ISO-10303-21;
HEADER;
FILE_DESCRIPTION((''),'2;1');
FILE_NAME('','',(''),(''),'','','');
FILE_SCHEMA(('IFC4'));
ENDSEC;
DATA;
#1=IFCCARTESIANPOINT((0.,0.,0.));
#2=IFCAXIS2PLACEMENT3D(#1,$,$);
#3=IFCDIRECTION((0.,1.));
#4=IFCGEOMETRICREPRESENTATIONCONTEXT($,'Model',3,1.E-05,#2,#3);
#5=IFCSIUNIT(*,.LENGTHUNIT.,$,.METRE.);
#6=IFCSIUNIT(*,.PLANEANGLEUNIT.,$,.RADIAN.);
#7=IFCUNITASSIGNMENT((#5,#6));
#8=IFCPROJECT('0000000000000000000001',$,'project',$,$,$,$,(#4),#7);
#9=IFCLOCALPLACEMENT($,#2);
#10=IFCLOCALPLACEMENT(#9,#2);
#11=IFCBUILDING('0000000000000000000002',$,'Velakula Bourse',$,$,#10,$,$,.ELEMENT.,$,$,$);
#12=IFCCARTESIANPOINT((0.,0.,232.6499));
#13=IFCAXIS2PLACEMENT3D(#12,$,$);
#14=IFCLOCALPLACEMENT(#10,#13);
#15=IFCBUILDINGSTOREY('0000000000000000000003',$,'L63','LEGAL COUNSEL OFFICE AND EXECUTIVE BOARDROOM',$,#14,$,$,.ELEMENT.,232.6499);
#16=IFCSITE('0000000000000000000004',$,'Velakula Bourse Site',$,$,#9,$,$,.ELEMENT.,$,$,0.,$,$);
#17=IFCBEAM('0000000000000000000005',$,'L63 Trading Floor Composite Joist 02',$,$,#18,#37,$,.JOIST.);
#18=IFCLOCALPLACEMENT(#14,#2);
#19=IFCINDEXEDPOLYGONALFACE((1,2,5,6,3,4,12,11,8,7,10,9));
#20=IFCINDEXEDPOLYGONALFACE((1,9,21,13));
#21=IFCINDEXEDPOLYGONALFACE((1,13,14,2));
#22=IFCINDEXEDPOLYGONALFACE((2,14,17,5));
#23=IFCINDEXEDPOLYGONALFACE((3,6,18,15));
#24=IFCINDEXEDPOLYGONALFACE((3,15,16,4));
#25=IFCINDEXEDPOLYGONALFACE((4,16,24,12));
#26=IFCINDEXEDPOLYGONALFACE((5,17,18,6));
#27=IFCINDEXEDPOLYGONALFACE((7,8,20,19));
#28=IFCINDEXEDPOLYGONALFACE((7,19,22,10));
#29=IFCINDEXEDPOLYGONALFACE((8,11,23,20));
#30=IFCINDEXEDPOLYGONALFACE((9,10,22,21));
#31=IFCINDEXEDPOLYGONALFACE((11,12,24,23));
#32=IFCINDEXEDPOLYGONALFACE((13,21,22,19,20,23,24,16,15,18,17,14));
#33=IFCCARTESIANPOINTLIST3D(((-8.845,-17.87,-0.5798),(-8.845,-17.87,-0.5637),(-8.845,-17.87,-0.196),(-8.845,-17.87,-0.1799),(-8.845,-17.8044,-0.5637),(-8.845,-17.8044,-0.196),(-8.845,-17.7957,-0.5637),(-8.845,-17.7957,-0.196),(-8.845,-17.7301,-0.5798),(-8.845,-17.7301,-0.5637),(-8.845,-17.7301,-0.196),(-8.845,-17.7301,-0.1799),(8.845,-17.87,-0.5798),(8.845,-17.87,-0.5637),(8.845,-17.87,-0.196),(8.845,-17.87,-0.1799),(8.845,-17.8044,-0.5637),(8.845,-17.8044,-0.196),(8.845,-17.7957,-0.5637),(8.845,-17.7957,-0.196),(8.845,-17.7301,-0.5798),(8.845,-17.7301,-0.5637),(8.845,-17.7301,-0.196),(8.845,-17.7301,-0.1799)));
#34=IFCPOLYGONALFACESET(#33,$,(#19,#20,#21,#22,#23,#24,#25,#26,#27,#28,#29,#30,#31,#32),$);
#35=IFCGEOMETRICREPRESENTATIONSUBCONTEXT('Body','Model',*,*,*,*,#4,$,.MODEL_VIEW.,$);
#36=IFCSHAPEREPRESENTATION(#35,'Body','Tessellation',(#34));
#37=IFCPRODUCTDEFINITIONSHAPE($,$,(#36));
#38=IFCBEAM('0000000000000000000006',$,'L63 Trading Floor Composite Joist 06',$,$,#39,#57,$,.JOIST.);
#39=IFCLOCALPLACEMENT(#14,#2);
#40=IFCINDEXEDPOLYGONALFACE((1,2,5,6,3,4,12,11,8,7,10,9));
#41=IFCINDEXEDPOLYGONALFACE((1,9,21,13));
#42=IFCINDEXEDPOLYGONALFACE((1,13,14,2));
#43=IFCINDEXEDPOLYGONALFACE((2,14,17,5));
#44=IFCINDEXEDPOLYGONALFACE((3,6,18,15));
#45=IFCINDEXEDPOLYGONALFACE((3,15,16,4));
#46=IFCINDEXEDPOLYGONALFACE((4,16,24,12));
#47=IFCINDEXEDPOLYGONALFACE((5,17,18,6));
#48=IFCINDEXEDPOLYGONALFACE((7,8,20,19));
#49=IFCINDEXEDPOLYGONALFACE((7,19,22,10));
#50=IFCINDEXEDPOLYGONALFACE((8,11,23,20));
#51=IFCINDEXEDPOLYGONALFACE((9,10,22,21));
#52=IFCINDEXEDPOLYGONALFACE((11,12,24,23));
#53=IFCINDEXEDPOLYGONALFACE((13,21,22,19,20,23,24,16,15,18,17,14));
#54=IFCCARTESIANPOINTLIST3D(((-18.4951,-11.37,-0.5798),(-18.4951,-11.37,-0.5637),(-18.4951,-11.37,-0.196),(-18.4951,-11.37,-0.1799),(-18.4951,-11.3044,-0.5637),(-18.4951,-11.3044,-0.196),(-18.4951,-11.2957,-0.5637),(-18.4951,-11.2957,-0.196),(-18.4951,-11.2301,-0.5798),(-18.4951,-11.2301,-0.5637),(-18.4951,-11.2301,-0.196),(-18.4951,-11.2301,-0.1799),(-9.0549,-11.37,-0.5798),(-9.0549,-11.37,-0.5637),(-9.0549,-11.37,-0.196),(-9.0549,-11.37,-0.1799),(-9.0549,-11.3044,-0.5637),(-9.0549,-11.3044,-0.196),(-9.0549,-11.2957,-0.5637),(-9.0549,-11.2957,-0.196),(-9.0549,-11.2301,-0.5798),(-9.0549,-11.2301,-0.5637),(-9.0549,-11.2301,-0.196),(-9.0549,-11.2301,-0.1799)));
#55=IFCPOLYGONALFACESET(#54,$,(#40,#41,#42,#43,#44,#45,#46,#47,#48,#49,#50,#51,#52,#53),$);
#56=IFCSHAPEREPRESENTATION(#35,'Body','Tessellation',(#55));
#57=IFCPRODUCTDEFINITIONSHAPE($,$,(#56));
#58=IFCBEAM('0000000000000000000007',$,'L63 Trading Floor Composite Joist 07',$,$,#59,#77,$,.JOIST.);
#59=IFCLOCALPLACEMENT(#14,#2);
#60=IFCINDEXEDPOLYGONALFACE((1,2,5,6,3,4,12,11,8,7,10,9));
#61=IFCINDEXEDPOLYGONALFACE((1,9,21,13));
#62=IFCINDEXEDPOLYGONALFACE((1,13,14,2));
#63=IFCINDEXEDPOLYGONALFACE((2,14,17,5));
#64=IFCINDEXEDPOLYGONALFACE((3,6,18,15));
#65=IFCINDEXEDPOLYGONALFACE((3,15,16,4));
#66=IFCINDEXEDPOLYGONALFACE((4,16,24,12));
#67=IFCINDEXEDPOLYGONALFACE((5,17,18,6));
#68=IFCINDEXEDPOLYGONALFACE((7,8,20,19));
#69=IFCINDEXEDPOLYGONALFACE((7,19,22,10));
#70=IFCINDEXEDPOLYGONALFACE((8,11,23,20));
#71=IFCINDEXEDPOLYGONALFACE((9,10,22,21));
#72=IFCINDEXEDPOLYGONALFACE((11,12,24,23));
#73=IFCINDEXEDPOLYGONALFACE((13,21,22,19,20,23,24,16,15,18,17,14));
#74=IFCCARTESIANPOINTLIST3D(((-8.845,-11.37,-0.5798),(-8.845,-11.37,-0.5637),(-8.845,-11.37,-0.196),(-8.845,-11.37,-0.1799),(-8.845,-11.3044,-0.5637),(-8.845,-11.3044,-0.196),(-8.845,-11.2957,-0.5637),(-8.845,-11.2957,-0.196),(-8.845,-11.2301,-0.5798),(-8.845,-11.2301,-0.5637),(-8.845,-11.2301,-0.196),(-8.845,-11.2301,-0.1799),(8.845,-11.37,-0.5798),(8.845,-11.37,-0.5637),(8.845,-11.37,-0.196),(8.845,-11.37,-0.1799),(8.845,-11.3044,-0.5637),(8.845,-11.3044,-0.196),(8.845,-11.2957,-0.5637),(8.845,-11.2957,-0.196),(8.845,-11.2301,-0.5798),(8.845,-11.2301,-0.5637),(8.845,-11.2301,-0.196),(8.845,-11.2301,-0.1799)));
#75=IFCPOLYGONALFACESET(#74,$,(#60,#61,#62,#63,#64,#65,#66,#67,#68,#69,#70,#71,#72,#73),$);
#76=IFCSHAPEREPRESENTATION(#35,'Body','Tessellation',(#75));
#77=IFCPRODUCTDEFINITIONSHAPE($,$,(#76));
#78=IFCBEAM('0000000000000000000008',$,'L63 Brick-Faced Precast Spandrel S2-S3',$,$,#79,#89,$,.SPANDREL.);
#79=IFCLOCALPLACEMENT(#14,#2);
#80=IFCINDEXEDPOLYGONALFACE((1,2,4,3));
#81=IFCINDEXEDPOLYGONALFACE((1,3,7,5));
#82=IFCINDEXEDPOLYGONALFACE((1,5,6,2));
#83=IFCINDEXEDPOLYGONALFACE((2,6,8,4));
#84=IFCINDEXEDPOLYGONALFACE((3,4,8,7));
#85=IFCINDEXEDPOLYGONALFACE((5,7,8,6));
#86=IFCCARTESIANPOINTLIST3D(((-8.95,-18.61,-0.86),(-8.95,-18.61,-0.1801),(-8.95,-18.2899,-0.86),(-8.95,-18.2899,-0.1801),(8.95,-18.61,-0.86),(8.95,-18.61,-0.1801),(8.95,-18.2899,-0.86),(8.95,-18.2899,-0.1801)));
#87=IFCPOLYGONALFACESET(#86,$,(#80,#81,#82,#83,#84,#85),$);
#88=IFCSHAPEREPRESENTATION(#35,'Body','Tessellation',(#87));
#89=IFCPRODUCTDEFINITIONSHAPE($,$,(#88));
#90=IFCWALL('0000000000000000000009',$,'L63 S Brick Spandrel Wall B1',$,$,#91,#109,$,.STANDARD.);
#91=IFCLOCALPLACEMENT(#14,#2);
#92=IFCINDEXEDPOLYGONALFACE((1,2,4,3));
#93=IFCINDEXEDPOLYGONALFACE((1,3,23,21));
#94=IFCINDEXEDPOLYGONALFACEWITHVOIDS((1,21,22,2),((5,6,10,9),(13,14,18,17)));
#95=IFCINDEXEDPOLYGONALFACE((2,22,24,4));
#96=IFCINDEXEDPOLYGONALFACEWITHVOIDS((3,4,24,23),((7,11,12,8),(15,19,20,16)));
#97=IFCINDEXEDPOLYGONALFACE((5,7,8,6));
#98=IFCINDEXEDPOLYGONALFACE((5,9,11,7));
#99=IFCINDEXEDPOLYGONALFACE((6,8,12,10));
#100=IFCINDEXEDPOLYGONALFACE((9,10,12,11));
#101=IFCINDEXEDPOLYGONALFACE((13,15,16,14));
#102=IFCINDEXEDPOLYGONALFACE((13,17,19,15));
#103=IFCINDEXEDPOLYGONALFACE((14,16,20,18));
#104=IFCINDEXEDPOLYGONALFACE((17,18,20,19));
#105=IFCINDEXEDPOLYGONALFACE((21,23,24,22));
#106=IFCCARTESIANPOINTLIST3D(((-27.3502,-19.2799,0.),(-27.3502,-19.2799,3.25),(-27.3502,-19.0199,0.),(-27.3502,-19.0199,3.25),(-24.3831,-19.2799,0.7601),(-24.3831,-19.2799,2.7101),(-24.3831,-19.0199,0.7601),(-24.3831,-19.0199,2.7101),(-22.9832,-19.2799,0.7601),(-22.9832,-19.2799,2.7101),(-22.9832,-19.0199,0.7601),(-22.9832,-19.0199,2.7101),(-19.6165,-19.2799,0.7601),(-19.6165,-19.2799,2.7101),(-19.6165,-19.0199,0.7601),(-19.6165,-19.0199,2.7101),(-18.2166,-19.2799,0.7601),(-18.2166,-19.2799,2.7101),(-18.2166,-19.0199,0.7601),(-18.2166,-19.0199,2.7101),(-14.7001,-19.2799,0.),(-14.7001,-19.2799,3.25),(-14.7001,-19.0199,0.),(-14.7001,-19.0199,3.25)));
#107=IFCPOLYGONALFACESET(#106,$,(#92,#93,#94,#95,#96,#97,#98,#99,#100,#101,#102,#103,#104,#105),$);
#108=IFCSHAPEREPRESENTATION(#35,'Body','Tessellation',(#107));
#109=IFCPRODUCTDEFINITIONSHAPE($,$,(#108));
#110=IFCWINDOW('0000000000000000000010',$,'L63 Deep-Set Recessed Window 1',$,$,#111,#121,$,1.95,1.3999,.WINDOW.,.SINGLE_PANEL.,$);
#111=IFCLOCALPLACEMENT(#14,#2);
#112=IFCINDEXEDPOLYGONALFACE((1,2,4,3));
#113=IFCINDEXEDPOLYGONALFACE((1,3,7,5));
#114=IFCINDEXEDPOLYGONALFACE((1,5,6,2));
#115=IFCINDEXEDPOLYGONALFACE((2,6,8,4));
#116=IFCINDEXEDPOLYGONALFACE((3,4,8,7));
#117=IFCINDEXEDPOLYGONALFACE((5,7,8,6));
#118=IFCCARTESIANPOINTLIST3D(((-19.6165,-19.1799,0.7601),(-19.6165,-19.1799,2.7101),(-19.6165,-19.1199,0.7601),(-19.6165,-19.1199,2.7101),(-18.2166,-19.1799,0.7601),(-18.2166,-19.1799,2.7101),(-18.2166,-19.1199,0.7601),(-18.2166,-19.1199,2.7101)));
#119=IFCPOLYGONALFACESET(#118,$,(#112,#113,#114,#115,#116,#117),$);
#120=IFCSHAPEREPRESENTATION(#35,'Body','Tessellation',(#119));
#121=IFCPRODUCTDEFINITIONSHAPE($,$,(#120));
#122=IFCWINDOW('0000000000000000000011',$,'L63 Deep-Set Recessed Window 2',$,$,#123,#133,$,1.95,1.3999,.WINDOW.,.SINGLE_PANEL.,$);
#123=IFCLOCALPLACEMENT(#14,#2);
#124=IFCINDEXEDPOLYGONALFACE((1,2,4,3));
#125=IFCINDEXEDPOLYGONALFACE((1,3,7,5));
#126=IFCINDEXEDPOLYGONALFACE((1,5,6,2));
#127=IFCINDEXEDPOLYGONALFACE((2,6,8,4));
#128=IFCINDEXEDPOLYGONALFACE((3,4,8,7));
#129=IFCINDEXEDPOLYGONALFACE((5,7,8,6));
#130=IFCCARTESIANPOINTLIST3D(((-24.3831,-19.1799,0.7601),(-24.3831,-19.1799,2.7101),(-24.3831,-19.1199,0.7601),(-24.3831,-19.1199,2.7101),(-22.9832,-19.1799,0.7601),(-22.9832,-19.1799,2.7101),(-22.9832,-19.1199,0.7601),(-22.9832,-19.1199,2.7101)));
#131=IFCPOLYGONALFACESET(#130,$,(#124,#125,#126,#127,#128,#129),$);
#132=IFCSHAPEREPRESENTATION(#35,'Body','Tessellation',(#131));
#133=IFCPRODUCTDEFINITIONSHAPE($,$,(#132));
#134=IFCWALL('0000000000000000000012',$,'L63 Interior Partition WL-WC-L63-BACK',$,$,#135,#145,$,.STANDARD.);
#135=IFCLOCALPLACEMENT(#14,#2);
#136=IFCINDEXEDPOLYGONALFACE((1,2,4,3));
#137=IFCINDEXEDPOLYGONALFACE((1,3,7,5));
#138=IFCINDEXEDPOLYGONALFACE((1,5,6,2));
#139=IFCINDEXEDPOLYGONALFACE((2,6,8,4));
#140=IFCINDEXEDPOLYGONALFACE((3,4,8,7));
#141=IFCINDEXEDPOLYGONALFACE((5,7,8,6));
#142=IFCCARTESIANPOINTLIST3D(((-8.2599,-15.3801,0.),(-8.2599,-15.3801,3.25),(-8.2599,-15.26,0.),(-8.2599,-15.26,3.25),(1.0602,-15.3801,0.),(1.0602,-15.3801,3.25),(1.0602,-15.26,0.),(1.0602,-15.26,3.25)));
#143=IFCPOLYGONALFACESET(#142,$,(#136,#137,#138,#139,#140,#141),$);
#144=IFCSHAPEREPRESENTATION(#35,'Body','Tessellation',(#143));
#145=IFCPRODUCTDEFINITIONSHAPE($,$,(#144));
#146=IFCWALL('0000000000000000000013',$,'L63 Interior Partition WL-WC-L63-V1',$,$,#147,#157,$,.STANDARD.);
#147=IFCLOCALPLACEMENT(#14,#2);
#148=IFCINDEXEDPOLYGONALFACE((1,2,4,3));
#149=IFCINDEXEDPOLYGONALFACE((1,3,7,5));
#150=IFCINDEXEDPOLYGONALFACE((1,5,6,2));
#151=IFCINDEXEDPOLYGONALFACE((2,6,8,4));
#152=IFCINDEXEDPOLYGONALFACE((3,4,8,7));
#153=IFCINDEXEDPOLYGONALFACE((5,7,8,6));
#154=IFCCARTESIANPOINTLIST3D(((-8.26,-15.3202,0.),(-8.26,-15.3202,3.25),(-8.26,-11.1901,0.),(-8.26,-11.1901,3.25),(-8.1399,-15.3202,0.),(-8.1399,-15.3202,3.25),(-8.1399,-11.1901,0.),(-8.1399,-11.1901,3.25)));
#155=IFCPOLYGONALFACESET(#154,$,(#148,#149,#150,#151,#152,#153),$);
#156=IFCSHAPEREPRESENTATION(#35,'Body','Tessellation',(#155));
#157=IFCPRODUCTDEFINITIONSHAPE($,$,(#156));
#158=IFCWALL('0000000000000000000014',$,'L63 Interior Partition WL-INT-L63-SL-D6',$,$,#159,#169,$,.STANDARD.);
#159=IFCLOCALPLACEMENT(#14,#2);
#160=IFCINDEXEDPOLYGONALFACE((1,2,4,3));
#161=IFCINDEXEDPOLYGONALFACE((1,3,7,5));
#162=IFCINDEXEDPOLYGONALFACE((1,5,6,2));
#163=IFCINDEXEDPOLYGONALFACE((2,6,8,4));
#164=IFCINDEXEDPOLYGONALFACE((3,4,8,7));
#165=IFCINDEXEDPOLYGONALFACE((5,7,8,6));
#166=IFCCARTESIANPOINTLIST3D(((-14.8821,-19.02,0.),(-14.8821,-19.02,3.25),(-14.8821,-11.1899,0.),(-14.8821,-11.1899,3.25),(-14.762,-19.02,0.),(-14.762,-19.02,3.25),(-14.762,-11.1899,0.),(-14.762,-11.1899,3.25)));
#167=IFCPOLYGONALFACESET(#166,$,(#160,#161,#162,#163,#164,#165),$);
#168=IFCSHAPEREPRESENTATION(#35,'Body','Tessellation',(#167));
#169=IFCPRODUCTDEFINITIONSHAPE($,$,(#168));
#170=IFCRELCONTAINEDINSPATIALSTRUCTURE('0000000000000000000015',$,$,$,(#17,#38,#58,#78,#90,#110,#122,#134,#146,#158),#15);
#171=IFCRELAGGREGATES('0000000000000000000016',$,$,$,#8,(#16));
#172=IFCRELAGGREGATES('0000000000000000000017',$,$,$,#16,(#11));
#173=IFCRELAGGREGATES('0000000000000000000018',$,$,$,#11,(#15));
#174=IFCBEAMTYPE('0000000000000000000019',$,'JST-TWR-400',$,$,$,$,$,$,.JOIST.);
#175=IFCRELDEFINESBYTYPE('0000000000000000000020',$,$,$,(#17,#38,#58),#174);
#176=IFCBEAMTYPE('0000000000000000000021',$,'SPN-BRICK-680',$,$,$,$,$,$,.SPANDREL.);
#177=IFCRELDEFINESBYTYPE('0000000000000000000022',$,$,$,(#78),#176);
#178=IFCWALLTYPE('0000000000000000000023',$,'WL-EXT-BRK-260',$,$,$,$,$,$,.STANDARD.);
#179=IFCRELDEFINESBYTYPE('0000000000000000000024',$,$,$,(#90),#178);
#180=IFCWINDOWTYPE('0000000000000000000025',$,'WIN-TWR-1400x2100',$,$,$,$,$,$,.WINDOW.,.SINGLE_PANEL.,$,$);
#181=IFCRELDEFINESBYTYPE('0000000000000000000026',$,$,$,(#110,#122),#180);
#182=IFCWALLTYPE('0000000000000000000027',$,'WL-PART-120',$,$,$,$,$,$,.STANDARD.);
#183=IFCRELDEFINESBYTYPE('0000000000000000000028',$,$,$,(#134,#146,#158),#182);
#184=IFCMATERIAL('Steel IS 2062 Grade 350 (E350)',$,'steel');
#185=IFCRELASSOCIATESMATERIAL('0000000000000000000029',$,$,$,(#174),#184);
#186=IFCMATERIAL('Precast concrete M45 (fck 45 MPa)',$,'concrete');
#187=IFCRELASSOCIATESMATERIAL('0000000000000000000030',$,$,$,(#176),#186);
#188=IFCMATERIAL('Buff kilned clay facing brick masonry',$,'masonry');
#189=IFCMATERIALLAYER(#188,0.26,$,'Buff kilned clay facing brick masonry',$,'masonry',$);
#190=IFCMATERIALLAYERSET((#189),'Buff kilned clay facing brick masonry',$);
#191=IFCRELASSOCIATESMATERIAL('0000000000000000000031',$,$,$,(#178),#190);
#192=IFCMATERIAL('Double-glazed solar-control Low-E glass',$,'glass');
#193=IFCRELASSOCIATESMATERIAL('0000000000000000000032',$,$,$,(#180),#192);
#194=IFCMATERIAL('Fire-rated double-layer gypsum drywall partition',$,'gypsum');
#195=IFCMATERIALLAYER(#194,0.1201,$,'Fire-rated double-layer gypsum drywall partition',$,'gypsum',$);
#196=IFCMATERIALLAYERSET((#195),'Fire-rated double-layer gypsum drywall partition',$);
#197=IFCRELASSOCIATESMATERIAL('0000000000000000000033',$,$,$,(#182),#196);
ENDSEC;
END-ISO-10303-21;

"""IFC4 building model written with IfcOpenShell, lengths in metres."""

from ifc_helpers import new_model, si_unit, direction, frame, frame_2d, origin, origin_2d, place, context, subcontext, project, spatial, rectangle, i_section, extrude, material, layer, layer_set, material_profile, profile_set, type_object, element, fill, save


model = new_model("IFC4")

# Units and contexts
model_context = context("Model", 3, precision=1e-05, world=origin(), true_north=direction((0.0, 1.0)))
body_context = subcontext(model_context, "Body", "Model", "MODEL_VIEW")
ifc_project = project(units=[si_unit("LENGTHUNIT", "METRE"), si_unit("PLANEANGLEUNIT", "RADIAN")], contexts=[model_context])

# Site, building, storey
site_placement = place(None, origin())
site = spatial("IfcSite", under=ifc_project, at=site_placement, Name="Velakula Bourse Site", CompositionType="ELEMENT", RefElevation=0.0)
building_placement = place(site_placement, origin())
building = spatial("IfcBuilding", under=site, at=building_placement, Name="Velakula Bourse", CompositionType="ELEMENT")
storey_placement = place(building_placement, frame((0.0, 0.0, 232.6499)))
storey = spatial("IfcBuildingStorey", under=building, at=storey_placement, Name="L63", Description="LEGAL COUNSEL OFFICE AND EXECUTIVE BOARDROOM", CompositionType="ELEMENT", Elevation=232.6499)

# Shared definitions
ifc_material_1 = material(Name="Steel IS 2062 Grade 350 (E350)", Category="steel")

# Beams
ifc_material_profile_1 = material_profile(ifc_material_1, i_section(OverallWidth=0.1399, OverallDepth=0.3999, WebThickness=0.0088, FlangeThickness=0.0161, at=origin_2d()), Name="Steel IS 2062 Grade 350 (E350)")
ifc_profile_set_1 = profile_set([ifc_material_profile_1], Name="Steel IS 2062 Grade 350 (E350)")
beam_type_1 = type_object("IfcBeamType", Name="JST-TWR-400", PredefinedType="JOIST", material=ifc_profile_set_1)
beam_1_placement = place(storey_placement, frame((-8.845, -17.8, -0.3799), z_axis=(1.0, 0.0, 0.0), x_axis=(0.0, 1.0, 0.0)))
element("IfcBeam", 1, at=beam_1_placement, inside=storey, type_object=beam_type_1, Name="L63 Trading Floor Composite Joist 02", PredefinedType="JOIST", context=body_context, shape_type="SweptSolid", body=[
    extrude(i_section(OverallWidth=0.1399, OverallDepth=0.3999, WebThickness=0.0088, FlangeThickness=0.0161, at=origin_2d()), origin(), (0.0, 0.0, 1.0), 17.6899),
])
beam_2_placement = place(storey_placement, frame((-18.4951, -11.3, -0.3799), z_axis=(1.0, 0.0, 0.0), x_axis=(0.0, 1.0, 0.0)))
element("IfcBeam", 2, at=beam_2_placement, inside=storey, type_object=beam_type_1, Name="L63 Trading Floor Composite Joist 06", PredefinedType="JOIST", context=body_context, shape_type="SweptSolid", body=[
    extrude(i_section(OverallWidth=0.1399, OverallDepth=0.3999, WebThickness=0.0088, FlangeThickness=0.0161, at=origin_2d()), origin(), (0.0, 0.0, 1.0), 9.4402),
])
beam_3_placement = place(storey_placement, frame((-8.845, -11.3, -0.3799), z_axis=(1.0, 0.0, 0.0), x_axis=(0.0, 1.0, 0.0)))
element("IfcBeam", 3, at=beam_3_placement, inside=storey, type_object=beam_type_1, Name="L63 Trading Floor Composite Joist 07", PredefinedType="JOIST", context=body_context, shape_type="SweptSolid", body=[
    extrude(i_section(OverallWidth=0.1399, OverallDepth=0.3999, WebThickness=0.0088, FlangeThickness=0.0161, at=origin_2d()), origin(), (0.0, 0.0, 1.0), 17.6899),
])
ifc_material_2 = material(Name="Precast concrete M45 (fck 45 MPa)", Category="concrete")
ifc_material_profile_2 = material_profile(ifc_material_2, rectangle(XDim=0.3201, YDim=0.6799, at=origin_2d()), Name="Precast concrete M45 (fck 45 MPa)")
ifc_profile_set_2 = profile_set([ifc_material_profile_2], Name="Precast concrete M45 (fck 45 MPa)")
beam_type_2 = type_object("IfcBeamType", Name="SPN-BRICK-680", PredefinedType="SPANDREL", material=ifc_profile_set_2)
beam_4_placement = place(storey_placement, frame((-8.95, -18.45, -0.52), z_axis=(1.0, 0.0, 0.0), x_axis=(0.0, 1.0, 0.0)))
element("IfcBeam", 4, at=beam_4_placement, inside=storey, type_object=beam_type_2, Name="L63 Brick-Faced Precast Spandrel S2-S3", PredefinedType="SPANDREL", context=body_context, shape_type="SweptSolid", body=[
    extrude(rectangle(XDim=0.3201, YDim=0.6799, at=origin_2d()), origin(), (0.0, 0.0, 1.0), 17.8999),
])

# Wall, openings, windows
ifc_material_3 = material(Name="Buff kilned clay facing brick masonry", Category="masonry")
ifc_layer_1 = layer(ifc_material_3, 0.26, Name="Buff kilned clay facing brick masonry", Category="masonry")
ifc_layer_set_1 = layer_set([ifc_layer_1], Name="Buff kilned clay facing brick masonry")
wall_type_1 = type_object("IfcWallType", Name="WL-EXT-BRK-260", PredefinedType="STANDARD", material=ifc_layer_set_1)
wall_1_placement = place(storey_placement, frame((-14.7, -19.1499, 0.0), z_axis=(0.0, 0.0, 1.0), x_axis=(-1.0, 0.0, 0.0)))
wall_1 = element("IfcWall", 5, at=wall_1_placement, inside=storey, type_object=wall_type_1, Name="L63 S Brick Spandrel Wall B1", PredefinedType="STANDARD", context=body_context, shape_type="SweptSolid", body=[
    extrude(rectangle(XDim=12.6501, YDim=0.26, at=frame_2d((6.3252, 0.0))), origin(), (0.0, 0.0, 1.0), 3.25),
])
opening_1_placement = place(wall_1_placement, frame((3.5166, 0.0, 0.76)))
opening_1 = element("IfcOpeningElement", 6, at=opening_1_placement, cuts=wall_1, PredefinedType="OPENING", context=body_context, shape_type="SweptSolid", body=[
    extrude(rectangle(XDim=1.3999, YDim=1.95, at=frame_2d((0.7, 0.9751))), frame((0.0, 0.1399, 0.0), z_axis=(0.0, -1.0, 0.0), x_axis=(1.0, 0.0, 0.0)), (0.0, 0.0, 1.0), 0.28),
])
opening_2_placement = place(wall_1_placement, frame((8.2832, 0.0, 0.76)))
opening_2 = element("IfcOpeningElement", 7, at=opening_2_placement, cuts=wall_1, PredefinedType="OPENING", context=body_context, shape_type="SweptSolid", body=[
    extrude(rectangle(XDim=1.3999, YDim=1.95, at=frame_2d((0.7, 0.9751))), frame((0.0, 0.1399, 0.0), z_axis=(0.0, -1.0, 0.0), x_axis=(1.0, 0.0, 0.0)), (0.0, 0.0, 1.0), 0.28),
])
ifc_material_4 = material(Name="Double-glazed solar-control Low-E glass", Category="glass")
window_type = type_object("IfcWindowType", Name="WIN-TWR-1400x2100", PartitioningType="SINGLE_PANEL", PredefinedType="WINDOW", material=ifc_material_4)
window_1_placement = place(opening_1_placement, origin())
window_1 = element("IfcWindow", 8, at=window_1_placement, inside=storey, type_object=window_type, Name="L63 Deep-Set Recessed Window 1", OverallHeight=1.95, OverallWidth=1.3999, PartitioningType="SINGLE_PANEL", PredefinedType="WINDOW", context=body_context, shape_type="SweptSolid", body=[
    extrude(rectangle(XDim=1.3999, YDim=1.95, at=frame_2d((0.7, 0.9751))), frame((0.0, 0.03, 0.0), z_axis=(0.0, -1.0, 0.0), x_axis=(1.0, 0.0, 0.0)), (0.0, 0.0, 1.0), 0.0601),
])
fill(opening_1, window_1)
window_2_placement = place(opening_2_placement, origin())
window_2 = element("IfcWindow", 9, at=window_2_placement, inside=storey, type_object=window_type, Name="L63 Deep-Set Recessed Window 2", OverallHeight=1.95, OverallWidth=1.3999, PartitioningType="SINGLE_PANEL", PredefinedType="WINDOW", context=body_context, shape_type="SweptSolid", body=[
    extrude(rectangle(XDim=1.3999, YDim=1.95, at=frame_2d((0.7, 0.9751))), frame((0.0, 0.03, 0.0), z_axis=(0.0, -1.0, 0.0), x_axis=(1.0, 0.0, 0.0)), (0.0, 0.0, 1.0), 0.0601),
])
fill(opening_2, window_2)

# Walls
ifc_material_5 = material(Name="Fire-rated double-layer gypsum drywall partition", Category="gypsum")
ifc_layer_2 = layer(ifc_material_5, 0.1201, Name="Fire-rated double-layer gypsum drywall partition", Category="gypsum")
ifc_layer_set_2 = layer_set([ifc_layer_2], Name="Fire-rated double-layer gypsum drywall partition")
wall_type_2 = type_object("IfcWallType", Name="WL-PART-120", PredefinedType="STANDARD", material=ifc_layer_set_2)
wall_2_placement = place(storey_placement, frame((-8.26, -15.3201, 0.0), z_axis=(0.0, 0.0, 1.0), x_axis=(1.0, 0.0, 0.0)))
element("IfcWall", 10, at=wall_2_placement, inside=storey, type_object=wall_type_2, Name="L63 Interior Partition WL-WC-L63-BACK", PredefinedType="STANDARD", context=body_context, shape_type="SweptSolid", body=[
    extrude(rectangle(XDim=9.3201, YDim=0.1201, at=frame_2d((4.6602, 0.0))), origin(), (0.0, 0.0, 1.0), 3.25),
])
wall_3_placement = place(storey_placement, frame((-8.2, -15.3201, 0.0), z_axis=(0.0, 0.0, 1.0), x_axis=(0.0, 1.0, 0.0)))
element("IfcWall", 11, at=wall_3_placement, inside=storey, type_object=wall_type_2, Name="L63 Interior Partition WL-WC-L63-V1", PredefinedType="STANDARD", context=body_context, shape_type="SweptSolid", body=[
    extrude(rectangle(XDim=4.1301, YDim=0.1201, at=frame_2d((2.0649, 0.0))), origin(), (0.0, 0.0, 1.0), 3.25),
])
wall_4_placement = place(storey_placement, frame((-14.822, -19.02, 0.0), z_axis=(0.0, 0.0, 1.0), x_axis=(0.0, 1.0, 0.0)))
element("IfcWall", 12, at=wall_4_placement, inside=storey, type_object=wall_type_2, Name="L63 Interior Partition WL-INT-L63-SL-D6", PredefinedType="STANDARD", context=body_context, shape_type="SweptSolid", body=[
    extrude(rectangle(XDim=7.8301, YDim=0.1201, at=frame_2d((3.915, 0.0))), origin(), (0.0, 0.0, 1.0), 3.25),
])

save(model, "model.ifc")
